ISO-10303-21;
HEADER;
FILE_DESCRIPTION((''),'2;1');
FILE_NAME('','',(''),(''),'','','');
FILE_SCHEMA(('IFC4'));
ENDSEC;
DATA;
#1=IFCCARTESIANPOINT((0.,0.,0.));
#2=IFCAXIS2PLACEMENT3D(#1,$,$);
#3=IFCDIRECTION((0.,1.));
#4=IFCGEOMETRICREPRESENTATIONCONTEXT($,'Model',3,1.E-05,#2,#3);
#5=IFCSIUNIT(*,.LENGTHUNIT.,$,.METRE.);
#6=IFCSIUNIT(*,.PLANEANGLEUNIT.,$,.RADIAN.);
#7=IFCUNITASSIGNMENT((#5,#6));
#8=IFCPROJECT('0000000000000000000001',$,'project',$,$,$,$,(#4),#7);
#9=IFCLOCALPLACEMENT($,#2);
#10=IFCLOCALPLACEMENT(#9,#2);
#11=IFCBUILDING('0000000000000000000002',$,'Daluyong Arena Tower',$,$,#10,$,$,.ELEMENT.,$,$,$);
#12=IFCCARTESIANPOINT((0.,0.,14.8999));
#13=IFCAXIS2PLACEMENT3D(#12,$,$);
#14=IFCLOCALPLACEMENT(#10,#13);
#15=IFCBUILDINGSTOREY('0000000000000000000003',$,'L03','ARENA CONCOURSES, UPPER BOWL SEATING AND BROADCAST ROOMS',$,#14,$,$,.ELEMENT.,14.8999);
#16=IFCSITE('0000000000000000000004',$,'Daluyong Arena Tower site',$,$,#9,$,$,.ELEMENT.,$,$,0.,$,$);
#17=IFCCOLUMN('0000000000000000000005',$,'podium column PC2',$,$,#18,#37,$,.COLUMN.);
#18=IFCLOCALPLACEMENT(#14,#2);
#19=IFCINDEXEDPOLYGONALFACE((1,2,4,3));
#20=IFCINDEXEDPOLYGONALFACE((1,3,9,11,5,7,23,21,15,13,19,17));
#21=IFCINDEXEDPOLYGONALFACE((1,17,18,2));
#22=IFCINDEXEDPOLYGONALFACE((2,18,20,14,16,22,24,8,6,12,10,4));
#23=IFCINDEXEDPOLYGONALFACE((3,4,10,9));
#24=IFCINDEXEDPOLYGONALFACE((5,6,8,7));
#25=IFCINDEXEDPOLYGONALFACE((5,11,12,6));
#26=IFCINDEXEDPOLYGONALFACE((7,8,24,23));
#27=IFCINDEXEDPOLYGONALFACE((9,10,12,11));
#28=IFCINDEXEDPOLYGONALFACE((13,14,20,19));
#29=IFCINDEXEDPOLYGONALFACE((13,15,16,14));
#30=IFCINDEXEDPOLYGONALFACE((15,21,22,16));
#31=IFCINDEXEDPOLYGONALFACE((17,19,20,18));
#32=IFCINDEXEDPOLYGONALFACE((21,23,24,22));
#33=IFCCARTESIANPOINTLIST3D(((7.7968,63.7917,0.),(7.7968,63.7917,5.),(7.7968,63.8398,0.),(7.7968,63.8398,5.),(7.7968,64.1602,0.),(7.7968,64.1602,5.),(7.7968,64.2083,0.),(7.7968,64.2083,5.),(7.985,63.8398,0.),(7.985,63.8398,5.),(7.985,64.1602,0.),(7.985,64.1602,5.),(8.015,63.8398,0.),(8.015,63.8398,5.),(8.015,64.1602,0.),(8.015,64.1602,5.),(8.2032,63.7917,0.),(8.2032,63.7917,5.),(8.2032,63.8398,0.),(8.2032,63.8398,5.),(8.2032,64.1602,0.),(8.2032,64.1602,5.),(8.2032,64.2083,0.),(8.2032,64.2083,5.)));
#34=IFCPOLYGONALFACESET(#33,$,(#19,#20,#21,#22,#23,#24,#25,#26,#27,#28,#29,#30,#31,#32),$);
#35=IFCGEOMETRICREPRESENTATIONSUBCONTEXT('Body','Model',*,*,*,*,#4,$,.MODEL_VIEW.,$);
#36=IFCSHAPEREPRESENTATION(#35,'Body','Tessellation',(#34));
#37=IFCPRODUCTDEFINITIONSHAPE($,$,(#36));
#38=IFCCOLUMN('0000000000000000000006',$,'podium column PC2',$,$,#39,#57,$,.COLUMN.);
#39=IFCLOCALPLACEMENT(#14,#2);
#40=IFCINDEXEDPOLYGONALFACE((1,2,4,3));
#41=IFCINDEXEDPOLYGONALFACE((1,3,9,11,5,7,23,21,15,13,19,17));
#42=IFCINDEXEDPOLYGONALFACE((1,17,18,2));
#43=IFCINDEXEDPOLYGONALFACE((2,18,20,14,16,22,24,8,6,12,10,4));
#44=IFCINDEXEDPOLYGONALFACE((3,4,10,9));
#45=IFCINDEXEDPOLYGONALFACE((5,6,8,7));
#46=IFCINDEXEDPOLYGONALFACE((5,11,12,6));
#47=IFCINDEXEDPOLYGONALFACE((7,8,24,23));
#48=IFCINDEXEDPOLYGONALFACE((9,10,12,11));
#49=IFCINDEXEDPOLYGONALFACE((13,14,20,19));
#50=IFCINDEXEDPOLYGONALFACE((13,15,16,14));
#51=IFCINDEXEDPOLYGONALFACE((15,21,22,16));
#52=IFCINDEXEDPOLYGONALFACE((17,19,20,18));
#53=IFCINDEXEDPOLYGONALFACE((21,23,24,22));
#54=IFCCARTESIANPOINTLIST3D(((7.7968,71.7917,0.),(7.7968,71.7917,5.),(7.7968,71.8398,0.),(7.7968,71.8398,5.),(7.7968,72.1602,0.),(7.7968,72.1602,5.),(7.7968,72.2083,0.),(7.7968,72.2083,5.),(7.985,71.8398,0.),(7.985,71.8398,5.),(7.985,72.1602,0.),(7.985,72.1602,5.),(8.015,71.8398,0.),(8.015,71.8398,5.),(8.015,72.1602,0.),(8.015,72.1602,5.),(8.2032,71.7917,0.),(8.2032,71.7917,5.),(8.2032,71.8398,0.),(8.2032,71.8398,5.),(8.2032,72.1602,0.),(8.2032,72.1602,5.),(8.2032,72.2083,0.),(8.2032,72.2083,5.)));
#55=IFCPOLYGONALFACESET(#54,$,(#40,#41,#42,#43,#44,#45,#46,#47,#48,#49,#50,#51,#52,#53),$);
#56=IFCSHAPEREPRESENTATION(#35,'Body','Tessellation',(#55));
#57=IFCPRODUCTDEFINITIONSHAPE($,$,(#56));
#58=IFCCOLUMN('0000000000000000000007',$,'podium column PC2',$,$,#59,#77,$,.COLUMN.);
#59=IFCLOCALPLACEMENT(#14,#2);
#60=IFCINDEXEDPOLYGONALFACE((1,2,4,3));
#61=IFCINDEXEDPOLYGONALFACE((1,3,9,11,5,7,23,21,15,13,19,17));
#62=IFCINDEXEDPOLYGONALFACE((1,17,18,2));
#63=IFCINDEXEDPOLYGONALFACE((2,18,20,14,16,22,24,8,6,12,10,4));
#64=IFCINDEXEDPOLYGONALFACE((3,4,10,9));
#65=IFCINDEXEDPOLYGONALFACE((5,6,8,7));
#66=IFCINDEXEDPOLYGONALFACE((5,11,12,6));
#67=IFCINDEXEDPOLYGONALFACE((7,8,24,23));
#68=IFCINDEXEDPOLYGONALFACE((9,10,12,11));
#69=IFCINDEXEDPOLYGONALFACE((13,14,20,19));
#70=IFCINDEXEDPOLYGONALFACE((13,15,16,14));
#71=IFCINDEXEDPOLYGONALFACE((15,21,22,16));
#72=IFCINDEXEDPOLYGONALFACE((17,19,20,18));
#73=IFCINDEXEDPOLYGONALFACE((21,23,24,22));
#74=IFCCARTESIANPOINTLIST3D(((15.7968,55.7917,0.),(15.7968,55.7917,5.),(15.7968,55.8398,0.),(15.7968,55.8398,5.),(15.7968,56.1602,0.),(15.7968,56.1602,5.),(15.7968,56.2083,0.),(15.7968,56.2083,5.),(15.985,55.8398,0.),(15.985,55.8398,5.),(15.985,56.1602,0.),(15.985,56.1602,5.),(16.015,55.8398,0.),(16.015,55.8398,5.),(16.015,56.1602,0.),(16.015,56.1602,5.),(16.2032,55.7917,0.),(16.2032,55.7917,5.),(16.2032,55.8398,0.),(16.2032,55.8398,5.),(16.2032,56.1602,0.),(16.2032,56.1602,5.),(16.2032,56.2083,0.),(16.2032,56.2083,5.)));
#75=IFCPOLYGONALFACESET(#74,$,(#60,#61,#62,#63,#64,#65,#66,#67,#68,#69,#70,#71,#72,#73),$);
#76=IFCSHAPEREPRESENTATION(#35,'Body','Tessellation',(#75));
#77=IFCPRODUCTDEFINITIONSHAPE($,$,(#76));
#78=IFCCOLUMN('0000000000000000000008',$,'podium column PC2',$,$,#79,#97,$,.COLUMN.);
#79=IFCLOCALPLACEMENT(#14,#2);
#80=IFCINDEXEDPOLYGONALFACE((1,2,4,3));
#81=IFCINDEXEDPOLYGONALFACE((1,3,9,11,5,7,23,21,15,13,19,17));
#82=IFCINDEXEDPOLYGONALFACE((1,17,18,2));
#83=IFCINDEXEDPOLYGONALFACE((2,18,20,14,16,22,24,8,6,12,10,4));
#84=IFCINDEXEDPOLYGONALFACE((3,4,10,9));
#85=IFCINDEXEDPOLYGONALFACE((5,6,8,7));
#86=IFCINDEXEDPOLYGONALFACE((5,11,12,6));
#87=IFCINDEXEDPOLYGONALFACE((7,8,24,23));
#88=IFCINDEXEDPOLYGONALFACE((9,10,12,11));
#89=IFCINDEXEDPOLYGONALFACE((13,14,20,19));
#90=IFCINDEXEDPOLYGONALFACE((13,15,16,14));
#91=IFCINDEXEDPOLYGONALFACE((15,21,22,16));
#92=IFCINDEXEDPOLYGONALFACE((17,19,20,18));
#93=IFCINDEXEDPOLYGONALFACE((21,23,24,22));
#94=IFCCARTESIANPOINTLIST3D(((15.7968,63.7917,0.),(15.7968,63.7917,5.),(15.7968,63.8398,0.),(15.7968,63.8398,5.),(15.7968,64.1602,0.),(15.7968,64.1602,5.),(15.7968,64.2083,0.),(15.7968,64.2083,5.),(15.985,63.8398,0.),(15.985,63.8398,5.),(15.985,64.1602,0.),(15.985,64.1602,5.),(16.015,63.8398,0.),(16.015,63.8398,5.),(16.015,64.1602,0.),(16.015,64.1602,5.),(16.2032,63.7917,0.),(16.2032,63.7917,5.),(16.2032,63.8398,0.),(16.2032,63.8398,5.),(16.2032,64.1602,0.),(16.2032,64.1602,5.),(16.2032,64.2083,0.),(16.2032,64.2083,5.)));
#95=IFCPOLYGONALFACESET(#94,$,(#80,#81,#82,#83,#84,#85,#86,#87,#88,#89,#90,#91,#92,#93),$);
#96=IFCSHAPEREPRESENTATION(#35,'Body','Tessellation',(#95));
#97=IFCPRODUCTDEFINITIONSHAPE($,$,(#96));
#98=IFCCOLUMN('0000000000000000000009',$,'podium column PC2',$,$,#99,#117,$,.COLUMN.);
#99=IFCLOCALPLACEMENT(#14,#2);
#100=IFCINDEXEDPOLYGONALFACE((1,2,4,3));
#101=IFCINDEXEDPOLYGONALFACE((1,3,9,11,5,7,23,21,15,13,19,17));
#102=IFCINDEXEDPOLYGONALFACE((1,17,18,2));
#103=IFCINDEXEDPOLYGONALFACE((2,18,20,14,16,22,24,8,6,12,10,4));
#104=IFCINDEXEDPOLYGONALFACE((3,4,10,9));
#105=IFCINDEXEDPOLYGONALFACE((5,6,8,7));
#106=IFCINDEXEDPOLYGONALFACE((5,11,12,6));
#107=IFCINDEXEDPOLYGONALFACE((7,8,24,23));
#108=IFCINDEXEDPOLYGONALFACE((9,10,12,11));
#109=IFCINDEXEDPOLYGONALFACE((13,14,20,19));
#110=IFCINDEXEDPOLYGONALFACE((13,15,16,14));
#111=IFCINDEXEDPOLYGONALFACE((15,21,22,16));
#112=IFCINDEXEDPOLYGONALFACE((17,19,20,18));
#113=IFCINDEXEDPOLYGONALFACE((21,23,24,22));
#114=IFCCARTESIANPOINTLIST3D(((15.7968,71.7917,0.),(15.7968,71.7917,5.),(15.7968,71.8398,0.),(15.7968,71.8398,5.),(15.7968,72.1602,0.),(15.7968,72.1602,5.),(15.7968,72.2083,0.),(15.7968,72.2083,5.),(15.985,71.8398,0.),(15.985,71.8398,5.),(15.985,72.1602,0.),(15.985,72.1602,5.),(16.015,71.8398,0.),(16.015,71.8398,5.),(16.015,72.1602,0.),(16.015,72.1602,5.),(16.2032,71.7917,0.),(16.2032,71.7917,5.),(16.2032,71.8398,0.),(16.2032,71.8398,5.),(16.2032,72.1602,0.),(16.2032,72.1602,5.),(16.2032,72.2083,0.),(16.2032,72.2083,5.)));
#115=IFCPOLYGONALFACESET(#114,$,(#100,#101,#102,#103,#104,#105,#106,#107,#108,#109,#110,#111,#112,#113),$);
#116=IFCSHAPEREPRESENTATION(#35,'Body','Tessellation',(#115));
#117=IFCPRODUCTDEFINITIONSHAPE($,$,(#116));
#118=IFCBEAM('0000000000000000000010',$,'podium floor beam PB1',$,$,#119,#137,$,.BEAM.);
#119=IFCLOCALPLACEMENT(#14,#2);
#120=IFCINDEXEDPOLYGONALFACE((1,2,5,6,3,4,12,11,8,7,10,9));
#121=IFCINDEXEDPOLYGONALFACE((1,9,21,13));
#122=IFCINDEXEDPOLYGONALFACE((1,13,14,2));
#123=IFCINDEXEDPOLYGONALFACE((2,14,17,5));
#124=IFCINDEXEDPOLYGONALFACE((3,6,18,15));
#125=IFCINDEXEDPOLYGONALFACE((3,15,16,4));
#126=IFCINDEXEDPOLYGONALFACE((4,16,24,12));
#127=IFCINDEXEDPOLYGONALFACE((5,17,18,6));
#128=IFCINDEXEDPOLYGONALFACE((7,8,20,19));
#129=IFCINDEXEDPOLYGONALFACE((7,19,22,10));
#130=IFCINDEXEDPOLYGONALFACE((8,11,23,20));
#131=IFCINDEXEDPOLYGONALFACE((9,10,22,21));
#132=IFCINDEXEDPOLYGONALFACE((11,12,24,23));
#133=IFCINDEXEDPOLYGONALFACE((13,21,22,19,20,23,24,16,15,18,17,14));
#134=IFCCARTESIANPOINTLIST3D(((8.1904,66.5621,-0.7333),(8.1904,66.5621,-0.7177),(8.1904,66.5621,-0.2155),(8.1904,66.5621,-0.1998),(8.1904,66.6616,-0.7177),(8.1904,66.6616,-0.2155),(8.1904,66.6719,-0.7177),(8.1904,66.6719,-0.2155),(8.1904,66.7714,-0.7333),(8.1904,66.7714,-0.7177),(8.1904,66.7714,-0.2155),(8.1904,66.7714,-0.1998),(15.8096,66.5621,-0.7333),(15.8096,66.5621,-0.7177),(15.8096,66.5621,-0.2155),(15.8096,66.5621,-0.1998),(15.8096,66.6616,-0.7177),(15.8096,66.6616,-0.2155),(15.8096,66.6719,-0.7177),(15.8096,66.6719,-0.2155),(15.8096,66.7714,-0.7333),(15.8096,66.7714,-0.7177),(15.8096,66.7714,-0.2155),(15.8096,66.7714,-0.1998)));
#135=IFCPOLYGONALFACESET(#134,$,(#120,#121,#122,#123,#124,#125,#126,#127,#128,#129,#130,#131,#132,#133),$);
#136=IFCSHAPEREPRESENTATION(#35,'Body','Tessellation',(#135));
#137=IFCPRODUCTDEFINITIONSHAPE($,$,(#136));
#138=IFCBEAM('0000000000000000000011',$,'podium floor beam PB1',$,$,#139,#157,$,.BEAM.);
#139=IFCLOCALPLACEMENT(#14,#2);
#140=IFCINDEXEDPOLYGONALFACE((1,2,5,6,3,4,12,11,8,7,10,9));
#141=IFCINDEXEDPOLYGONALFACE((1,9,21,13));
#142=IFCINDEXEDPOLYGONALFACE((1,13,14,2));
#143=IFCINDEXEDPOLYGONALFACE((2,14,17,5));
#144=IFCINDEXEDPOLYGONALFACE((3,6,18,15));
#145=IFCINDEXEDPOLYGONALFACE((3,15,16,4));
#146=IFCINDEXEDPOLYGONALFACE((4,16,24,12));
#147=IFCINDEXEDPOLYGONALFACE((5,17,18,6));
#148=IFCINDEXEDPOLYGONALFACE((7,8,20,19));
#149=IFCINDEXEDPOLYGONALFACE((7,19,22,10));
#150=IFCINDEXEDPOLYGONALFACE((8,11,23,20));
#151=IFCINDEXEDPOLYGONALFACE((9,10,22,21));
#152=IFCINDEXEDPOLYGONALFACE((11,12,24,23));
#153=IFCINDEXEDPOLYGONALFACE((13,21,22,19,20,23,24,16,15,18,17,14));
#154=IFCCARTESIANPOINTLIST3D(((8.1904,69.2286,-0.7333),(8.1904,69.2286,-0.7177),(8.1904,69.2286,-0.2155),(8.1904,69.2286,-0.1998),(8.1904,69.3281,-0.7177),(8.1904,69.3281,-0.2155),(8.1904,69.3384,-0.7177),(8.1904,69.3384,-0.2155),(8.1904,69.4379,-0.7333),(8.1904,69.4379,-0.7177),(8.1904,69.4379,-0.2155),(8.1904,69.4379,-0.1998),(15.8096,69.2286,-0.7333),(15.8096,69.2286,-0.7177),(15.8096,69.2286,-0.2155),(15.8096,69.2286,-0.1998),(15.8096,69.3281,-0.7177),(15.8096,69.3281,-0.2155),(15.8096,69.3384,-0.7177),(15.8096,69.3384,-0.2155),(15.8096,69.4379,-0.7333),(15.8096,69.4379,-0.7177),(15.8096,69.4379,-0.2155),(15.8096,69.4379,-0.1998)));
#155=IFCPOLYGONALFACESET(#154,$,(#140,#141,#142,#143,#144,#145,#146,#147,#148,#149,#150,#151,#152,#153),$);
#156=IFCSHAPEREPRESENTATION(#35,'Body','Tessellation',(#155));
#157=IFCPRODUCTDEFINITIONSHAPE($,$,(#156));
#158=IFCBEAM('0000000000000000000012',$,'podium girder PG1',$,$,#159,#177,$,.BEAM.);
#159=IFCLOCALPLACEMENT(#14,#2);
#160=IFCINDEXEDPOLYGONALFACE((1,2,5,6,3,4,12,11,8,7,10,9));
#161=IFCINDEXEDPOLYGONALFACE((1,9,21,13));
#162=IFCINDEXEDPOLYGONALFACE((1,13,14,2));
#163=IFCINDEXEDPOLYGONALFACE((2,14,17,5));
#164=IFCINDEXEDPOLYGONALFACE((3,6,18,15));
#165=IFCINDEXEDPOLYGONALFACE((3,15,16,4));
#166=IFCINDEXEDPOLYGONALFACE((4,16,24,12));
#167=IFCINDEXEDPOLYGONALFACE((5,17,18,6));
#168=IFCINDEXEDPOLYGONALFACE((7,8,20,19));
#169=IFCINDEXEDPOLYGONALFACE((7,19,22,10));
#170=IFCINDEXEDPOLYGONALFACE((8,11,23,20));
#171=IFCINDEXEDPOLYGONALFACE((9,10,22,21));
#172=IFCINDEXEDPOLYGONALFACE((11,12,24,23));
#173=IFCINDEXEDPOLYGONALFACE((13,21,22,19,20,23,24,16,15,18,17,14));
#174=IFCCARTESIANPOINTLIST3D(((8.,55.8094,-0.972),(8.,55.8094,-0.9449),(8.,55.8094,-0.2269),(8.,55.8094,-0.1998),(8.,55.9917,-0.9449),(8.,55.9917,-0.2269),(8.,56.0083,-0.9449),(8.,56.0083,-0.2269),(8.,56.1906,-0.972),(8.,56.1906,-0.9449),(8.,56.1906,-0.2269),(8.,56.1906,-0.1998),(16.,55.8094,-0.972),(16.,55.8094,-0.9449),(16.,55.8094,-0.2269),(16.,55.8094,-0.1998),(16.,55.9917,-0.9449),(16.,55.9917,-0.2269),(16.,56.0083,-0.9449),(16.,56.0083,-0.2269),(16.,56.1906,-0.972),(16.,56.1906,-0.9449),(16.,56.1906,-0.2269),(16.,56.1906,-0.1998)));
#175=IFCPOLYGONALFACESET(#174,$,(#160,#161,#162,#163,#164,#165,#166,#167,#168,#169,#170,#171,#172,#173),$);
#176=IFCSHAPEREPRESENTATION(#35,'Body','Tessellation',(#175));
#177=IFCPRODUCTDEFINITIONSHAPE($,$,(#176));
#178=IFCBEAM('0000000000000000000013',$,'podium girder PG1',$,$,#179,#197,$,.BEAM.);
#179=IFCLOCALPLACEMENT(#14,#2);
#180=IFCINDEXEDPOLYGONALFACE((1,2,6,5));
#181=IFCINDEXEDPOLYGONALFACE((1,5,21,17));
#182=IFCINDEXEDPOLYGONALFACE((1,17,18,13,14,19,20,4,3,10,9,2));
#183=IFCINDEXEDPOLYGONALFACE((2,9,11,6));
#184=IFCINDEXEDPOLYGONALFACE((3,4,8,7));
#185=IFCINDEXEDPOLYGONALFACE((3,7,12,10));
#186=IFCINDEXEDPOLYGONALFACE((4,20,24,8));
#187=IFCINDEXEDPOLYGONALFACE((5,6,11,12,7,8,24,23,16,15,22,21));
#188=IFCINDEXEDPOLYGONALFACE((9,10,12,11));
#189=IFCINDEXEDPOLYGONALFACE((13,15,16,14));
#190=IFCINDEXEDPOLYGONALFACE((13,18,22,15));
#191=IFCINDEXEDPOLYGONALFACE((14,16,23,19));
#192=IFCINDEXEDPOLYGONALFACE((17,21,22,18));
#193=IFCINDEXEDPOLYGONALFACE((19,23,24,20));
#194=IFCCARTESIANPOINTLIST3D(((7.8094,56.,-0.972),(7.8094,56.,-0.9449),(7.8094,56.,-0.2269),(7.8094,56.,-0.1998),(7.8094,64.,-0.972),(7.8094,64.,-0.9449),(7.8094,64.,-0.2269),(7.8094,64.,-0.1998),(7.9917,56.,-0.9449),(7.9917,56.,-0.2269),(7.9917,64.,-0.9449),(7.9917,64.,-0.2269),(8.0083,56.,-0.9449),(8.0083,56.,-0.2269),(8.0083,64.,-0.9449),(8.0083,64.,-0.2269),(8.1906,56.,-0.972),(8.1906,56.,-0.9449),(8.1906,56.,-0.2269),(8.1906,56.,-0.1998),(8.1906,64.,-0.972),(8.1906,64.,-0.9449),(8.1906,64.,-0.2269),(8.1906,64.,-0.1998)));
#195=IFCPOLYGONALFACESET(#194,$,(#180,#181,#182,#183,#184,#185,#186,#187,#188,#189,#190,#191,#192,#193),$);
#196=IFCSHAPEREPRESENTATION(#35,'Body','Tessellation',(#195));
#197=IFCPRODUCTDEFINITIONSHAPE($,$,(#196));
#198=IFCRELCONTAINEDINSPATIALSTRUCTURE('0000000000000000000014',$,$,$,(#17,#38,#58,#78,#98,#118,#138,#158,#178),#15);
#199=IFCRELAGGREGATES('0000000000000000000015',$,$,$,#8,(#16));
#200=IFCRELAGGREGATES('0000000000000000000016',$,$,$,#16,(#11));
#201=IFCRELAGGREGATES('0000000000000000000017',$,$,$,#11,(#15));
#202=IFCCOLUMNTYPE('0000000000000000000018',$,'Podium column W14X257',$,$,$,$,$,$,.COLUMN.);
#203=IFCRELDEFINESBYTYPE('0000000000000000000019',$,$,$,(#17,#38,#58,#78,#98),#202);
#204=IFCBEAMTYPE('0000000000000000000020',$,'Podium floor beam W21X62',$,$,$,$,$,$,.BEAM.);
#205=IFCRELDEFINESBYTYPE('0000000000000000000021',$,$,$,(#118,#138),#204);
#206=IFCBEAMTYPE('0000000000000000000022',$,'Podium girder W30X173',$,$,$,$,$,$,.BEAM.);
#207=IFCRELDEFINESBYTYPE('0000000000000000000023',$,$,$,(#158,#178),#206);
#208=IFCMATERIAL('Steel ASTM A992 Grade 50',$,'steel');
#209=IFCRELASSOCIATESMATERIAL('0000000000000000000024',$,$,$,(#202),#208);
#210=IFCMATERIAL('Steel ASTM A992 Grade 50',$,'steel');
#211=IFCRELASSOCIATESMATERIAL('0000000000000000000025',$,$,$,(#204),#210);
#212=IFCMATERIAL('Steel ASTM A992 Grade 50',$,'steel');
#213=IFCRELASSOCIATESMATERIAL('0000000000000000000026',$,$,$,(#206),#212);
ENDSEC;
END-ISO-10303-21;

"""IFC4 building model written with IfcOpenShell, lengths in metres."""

from ifc_helpers import new_model, si_unit, direction, frame, origin, origin_2d, place, context, subcontext, project, spatial, i_section, extrude, material, material_profile, profile_set, type_object, element, save


model = new_model("IFC4")

# Units and contexts
model_context = context("Model", 3, precision=1e-05, world=origin(), true_north=direction((0.0, 1.0)))
body_context = subcontext(model_context, "Body", "Model", "MODEL_VIEW")
ifc_project = project(units=[si_unit("LENGTHUNIT", "METRE"), si_unit("PLANEANGLEUNIT", "RADIAN")], contexts=[model_context])

# Site, building, storey
site_placement = place(None, origin())
site = spatial("IfcSite", under=ifc_project, at=site_placement, Name="Daluyong Arena Tower site", CompositionType="ELEMENT", RefElevation=0.0)
building_placement = place(site_placement, origin())
building = spatial("IfcBuilding", under=site, at=building_placement, Name="Daluyong Arena Tower", CompositionType="ELEMENT")
storey_placement = place(building_placement, frame((0.0, 0.0, 14.8999)))
storey = spatial("IfcBuildingStorey", under=building, at=storey_placement, Name="L03", Description="ARENA CONCOURSES, UPPER BOWL SEATING AND BROADCAST ROOMS", CompositionType="ELEMENT", Elevation=14.8999)

# Columns
ifc_material_1 = material(Name="Steel ASTM A992 Grade 50", Category="steel")
ifc_material_profile_1 = material_profile(ifc_material_1, i_section(OverallWidth=0.4065, OverallDepth=0.4165, WebThickness=0.03, FlangeThickness=0.0481, at=origin_2d()))
ifc_profile_set_1 = profile_set([ifc_material_profile_1], Name="Steel ASTM A992 Grade 50")
column_type = type_object("IfcColumnType", Name="Podium column W14X257", PredefinedType="COLUMN", material=ifc_profile_set_1)
for number, where, z_axis, x_axis, name in (
    (1, (8.0, 64.0, 0.0), (0.0, 0.0, 1.0), (1.0, 0.0, 0.0), "podium column PC2"),
    (2, (8.0, 72.0, 0.0), (0.0, 0.0, 1.0), (1.0, 0.0, 0.0), "podium column PC2"),
    (3, (16.0, 56.0, 0.0), (0.0, 0.0, 1.0), (1.0, 0.0, 0.0), "podium column PC2"),
    (4, (16.0, 64.0, 0.0), (0.0, 0.0, 1.0), (1.0, 0.0, 0.0), "podium column PC2"),
    (5, (16.0, 72.0, 0.0), (0.0, 0.0, 1.0), (1.0, 0.0, 0.0), "podium column PC2"),
):
    element("IfcColumn", number, at=place(storey_placement, frame(where, z_axis=z_axis, x_axis=x_axis)), inside=storey, type_object=column_type, Name=name, PredefinedType="COLUMN", context=body_context, shape_type="SweptSolid", body=[
        extrude(i_section(OverallWidth=0.4065, OverallDepth=0.4165, WebThickness=0.03, FlangeThickness=0.0481, at=origin_2d()), origin(), (0.0, 0.0, 1.0), 5.0),
    ])

# Beams
ifc_material_2 = material(Name="Steel ASTM A992 Grade 50", Category="steel")
ifc_material_profile_2 = material_profile(ifc_material_2, i_section(OverallWidth=0.2092, OverallDepth=0.5334, WebThickness=0.0103, FlangeThickness=0.0156, at=origin_2d()))
ifc_profile_set_2 = profile_set([ifc_material_profile_2], Name="Steel ASTM A992 Grade 50")
beam_type_1 = type_object("IfcBeamType", Name="Podium floor beam W21X62", PredefinedType="BEAM", material=ifc_profile_set_2)
for number, where, z_axis, x_axis, name in (
    (6, (8.1904, 66.6667, -0.4666), (1.0, 0.0, 0.0), (0.0, 1.0, 0.0), "podium floor beam PB1"),
    (7, (8.1904, 69.3333, -0.4666), (1.0, 0.0, 0.0), (0.0, 1.0, 0.0), "podium floor beam PB1"),
):
    element("IfcBeam", number, at=place(storey_placement, frame(where, z_axis=z_axis, x_axis=x_axis)), inside=storey, type_object=beam_type_1, Name=name, PredefinedType="BEAM", context=body_context, shape_type="SweptSolid", body=[
        extrude(i_section(OverallWidth=0.2092, OverallDepth=0.5334, WebThickness=0.0103, FlangeThickness=0.0156, at=origin_2d()), origin(), (0.0, 0.0, 1.0), 7.6191),
    ])
ifc_material_3 = material(Name="Steel ASTM A992 Grade 50", Category="steel")
ifc_material_profile_3 = material_profile(ifc_material_3, i_section(OverallWidth=0.3811, OverallDepth=0.7722, WebThickness=0.0166, FlangeThickness=0.0271, at=origin_2d()))
ifc_profile_set_3 = profile_set([ifc_material_profile_3], Name="Steel ASTM A992 Grade 50")
beam_type_2 = type_object("IfcBeamType", Name="Podium girder W30X173", PredefinedType="BEAM", material=ifc_profile_set_3)
for number, where, z_axis, x_axis, name in (
    (8, (8.0, 56.0, -0.5859), (1.0, 0.0, 0.0), (0.0, 1.0, 0.0), "podium girder PG1"),
    (9, (8.0, 56.0, -0.5859), (0.0, 1.0, 0.0), (-1.0, 0.0, 0.0), "podium girder PG1"),
):
    element("IfcBeam", number, at=place(storey_placement, frame(where, z_axis=z_axis, x_axis=x_axis)), inside=storey, type_object=beam_type_2, Name=name, PredefinedType="BEAM", context=body_context, shape_type="SweptSolid", body=[
        extrude(i_section(OverallWidth=0.3811, OverallDepth=0.7722, WebThickness=0.0166, FlangeThickness=0.0271, at=origin_2d()), origin(), (0.0, 0.0, 1.0), 8.0),
    ])

save(model, "model.ifc")
